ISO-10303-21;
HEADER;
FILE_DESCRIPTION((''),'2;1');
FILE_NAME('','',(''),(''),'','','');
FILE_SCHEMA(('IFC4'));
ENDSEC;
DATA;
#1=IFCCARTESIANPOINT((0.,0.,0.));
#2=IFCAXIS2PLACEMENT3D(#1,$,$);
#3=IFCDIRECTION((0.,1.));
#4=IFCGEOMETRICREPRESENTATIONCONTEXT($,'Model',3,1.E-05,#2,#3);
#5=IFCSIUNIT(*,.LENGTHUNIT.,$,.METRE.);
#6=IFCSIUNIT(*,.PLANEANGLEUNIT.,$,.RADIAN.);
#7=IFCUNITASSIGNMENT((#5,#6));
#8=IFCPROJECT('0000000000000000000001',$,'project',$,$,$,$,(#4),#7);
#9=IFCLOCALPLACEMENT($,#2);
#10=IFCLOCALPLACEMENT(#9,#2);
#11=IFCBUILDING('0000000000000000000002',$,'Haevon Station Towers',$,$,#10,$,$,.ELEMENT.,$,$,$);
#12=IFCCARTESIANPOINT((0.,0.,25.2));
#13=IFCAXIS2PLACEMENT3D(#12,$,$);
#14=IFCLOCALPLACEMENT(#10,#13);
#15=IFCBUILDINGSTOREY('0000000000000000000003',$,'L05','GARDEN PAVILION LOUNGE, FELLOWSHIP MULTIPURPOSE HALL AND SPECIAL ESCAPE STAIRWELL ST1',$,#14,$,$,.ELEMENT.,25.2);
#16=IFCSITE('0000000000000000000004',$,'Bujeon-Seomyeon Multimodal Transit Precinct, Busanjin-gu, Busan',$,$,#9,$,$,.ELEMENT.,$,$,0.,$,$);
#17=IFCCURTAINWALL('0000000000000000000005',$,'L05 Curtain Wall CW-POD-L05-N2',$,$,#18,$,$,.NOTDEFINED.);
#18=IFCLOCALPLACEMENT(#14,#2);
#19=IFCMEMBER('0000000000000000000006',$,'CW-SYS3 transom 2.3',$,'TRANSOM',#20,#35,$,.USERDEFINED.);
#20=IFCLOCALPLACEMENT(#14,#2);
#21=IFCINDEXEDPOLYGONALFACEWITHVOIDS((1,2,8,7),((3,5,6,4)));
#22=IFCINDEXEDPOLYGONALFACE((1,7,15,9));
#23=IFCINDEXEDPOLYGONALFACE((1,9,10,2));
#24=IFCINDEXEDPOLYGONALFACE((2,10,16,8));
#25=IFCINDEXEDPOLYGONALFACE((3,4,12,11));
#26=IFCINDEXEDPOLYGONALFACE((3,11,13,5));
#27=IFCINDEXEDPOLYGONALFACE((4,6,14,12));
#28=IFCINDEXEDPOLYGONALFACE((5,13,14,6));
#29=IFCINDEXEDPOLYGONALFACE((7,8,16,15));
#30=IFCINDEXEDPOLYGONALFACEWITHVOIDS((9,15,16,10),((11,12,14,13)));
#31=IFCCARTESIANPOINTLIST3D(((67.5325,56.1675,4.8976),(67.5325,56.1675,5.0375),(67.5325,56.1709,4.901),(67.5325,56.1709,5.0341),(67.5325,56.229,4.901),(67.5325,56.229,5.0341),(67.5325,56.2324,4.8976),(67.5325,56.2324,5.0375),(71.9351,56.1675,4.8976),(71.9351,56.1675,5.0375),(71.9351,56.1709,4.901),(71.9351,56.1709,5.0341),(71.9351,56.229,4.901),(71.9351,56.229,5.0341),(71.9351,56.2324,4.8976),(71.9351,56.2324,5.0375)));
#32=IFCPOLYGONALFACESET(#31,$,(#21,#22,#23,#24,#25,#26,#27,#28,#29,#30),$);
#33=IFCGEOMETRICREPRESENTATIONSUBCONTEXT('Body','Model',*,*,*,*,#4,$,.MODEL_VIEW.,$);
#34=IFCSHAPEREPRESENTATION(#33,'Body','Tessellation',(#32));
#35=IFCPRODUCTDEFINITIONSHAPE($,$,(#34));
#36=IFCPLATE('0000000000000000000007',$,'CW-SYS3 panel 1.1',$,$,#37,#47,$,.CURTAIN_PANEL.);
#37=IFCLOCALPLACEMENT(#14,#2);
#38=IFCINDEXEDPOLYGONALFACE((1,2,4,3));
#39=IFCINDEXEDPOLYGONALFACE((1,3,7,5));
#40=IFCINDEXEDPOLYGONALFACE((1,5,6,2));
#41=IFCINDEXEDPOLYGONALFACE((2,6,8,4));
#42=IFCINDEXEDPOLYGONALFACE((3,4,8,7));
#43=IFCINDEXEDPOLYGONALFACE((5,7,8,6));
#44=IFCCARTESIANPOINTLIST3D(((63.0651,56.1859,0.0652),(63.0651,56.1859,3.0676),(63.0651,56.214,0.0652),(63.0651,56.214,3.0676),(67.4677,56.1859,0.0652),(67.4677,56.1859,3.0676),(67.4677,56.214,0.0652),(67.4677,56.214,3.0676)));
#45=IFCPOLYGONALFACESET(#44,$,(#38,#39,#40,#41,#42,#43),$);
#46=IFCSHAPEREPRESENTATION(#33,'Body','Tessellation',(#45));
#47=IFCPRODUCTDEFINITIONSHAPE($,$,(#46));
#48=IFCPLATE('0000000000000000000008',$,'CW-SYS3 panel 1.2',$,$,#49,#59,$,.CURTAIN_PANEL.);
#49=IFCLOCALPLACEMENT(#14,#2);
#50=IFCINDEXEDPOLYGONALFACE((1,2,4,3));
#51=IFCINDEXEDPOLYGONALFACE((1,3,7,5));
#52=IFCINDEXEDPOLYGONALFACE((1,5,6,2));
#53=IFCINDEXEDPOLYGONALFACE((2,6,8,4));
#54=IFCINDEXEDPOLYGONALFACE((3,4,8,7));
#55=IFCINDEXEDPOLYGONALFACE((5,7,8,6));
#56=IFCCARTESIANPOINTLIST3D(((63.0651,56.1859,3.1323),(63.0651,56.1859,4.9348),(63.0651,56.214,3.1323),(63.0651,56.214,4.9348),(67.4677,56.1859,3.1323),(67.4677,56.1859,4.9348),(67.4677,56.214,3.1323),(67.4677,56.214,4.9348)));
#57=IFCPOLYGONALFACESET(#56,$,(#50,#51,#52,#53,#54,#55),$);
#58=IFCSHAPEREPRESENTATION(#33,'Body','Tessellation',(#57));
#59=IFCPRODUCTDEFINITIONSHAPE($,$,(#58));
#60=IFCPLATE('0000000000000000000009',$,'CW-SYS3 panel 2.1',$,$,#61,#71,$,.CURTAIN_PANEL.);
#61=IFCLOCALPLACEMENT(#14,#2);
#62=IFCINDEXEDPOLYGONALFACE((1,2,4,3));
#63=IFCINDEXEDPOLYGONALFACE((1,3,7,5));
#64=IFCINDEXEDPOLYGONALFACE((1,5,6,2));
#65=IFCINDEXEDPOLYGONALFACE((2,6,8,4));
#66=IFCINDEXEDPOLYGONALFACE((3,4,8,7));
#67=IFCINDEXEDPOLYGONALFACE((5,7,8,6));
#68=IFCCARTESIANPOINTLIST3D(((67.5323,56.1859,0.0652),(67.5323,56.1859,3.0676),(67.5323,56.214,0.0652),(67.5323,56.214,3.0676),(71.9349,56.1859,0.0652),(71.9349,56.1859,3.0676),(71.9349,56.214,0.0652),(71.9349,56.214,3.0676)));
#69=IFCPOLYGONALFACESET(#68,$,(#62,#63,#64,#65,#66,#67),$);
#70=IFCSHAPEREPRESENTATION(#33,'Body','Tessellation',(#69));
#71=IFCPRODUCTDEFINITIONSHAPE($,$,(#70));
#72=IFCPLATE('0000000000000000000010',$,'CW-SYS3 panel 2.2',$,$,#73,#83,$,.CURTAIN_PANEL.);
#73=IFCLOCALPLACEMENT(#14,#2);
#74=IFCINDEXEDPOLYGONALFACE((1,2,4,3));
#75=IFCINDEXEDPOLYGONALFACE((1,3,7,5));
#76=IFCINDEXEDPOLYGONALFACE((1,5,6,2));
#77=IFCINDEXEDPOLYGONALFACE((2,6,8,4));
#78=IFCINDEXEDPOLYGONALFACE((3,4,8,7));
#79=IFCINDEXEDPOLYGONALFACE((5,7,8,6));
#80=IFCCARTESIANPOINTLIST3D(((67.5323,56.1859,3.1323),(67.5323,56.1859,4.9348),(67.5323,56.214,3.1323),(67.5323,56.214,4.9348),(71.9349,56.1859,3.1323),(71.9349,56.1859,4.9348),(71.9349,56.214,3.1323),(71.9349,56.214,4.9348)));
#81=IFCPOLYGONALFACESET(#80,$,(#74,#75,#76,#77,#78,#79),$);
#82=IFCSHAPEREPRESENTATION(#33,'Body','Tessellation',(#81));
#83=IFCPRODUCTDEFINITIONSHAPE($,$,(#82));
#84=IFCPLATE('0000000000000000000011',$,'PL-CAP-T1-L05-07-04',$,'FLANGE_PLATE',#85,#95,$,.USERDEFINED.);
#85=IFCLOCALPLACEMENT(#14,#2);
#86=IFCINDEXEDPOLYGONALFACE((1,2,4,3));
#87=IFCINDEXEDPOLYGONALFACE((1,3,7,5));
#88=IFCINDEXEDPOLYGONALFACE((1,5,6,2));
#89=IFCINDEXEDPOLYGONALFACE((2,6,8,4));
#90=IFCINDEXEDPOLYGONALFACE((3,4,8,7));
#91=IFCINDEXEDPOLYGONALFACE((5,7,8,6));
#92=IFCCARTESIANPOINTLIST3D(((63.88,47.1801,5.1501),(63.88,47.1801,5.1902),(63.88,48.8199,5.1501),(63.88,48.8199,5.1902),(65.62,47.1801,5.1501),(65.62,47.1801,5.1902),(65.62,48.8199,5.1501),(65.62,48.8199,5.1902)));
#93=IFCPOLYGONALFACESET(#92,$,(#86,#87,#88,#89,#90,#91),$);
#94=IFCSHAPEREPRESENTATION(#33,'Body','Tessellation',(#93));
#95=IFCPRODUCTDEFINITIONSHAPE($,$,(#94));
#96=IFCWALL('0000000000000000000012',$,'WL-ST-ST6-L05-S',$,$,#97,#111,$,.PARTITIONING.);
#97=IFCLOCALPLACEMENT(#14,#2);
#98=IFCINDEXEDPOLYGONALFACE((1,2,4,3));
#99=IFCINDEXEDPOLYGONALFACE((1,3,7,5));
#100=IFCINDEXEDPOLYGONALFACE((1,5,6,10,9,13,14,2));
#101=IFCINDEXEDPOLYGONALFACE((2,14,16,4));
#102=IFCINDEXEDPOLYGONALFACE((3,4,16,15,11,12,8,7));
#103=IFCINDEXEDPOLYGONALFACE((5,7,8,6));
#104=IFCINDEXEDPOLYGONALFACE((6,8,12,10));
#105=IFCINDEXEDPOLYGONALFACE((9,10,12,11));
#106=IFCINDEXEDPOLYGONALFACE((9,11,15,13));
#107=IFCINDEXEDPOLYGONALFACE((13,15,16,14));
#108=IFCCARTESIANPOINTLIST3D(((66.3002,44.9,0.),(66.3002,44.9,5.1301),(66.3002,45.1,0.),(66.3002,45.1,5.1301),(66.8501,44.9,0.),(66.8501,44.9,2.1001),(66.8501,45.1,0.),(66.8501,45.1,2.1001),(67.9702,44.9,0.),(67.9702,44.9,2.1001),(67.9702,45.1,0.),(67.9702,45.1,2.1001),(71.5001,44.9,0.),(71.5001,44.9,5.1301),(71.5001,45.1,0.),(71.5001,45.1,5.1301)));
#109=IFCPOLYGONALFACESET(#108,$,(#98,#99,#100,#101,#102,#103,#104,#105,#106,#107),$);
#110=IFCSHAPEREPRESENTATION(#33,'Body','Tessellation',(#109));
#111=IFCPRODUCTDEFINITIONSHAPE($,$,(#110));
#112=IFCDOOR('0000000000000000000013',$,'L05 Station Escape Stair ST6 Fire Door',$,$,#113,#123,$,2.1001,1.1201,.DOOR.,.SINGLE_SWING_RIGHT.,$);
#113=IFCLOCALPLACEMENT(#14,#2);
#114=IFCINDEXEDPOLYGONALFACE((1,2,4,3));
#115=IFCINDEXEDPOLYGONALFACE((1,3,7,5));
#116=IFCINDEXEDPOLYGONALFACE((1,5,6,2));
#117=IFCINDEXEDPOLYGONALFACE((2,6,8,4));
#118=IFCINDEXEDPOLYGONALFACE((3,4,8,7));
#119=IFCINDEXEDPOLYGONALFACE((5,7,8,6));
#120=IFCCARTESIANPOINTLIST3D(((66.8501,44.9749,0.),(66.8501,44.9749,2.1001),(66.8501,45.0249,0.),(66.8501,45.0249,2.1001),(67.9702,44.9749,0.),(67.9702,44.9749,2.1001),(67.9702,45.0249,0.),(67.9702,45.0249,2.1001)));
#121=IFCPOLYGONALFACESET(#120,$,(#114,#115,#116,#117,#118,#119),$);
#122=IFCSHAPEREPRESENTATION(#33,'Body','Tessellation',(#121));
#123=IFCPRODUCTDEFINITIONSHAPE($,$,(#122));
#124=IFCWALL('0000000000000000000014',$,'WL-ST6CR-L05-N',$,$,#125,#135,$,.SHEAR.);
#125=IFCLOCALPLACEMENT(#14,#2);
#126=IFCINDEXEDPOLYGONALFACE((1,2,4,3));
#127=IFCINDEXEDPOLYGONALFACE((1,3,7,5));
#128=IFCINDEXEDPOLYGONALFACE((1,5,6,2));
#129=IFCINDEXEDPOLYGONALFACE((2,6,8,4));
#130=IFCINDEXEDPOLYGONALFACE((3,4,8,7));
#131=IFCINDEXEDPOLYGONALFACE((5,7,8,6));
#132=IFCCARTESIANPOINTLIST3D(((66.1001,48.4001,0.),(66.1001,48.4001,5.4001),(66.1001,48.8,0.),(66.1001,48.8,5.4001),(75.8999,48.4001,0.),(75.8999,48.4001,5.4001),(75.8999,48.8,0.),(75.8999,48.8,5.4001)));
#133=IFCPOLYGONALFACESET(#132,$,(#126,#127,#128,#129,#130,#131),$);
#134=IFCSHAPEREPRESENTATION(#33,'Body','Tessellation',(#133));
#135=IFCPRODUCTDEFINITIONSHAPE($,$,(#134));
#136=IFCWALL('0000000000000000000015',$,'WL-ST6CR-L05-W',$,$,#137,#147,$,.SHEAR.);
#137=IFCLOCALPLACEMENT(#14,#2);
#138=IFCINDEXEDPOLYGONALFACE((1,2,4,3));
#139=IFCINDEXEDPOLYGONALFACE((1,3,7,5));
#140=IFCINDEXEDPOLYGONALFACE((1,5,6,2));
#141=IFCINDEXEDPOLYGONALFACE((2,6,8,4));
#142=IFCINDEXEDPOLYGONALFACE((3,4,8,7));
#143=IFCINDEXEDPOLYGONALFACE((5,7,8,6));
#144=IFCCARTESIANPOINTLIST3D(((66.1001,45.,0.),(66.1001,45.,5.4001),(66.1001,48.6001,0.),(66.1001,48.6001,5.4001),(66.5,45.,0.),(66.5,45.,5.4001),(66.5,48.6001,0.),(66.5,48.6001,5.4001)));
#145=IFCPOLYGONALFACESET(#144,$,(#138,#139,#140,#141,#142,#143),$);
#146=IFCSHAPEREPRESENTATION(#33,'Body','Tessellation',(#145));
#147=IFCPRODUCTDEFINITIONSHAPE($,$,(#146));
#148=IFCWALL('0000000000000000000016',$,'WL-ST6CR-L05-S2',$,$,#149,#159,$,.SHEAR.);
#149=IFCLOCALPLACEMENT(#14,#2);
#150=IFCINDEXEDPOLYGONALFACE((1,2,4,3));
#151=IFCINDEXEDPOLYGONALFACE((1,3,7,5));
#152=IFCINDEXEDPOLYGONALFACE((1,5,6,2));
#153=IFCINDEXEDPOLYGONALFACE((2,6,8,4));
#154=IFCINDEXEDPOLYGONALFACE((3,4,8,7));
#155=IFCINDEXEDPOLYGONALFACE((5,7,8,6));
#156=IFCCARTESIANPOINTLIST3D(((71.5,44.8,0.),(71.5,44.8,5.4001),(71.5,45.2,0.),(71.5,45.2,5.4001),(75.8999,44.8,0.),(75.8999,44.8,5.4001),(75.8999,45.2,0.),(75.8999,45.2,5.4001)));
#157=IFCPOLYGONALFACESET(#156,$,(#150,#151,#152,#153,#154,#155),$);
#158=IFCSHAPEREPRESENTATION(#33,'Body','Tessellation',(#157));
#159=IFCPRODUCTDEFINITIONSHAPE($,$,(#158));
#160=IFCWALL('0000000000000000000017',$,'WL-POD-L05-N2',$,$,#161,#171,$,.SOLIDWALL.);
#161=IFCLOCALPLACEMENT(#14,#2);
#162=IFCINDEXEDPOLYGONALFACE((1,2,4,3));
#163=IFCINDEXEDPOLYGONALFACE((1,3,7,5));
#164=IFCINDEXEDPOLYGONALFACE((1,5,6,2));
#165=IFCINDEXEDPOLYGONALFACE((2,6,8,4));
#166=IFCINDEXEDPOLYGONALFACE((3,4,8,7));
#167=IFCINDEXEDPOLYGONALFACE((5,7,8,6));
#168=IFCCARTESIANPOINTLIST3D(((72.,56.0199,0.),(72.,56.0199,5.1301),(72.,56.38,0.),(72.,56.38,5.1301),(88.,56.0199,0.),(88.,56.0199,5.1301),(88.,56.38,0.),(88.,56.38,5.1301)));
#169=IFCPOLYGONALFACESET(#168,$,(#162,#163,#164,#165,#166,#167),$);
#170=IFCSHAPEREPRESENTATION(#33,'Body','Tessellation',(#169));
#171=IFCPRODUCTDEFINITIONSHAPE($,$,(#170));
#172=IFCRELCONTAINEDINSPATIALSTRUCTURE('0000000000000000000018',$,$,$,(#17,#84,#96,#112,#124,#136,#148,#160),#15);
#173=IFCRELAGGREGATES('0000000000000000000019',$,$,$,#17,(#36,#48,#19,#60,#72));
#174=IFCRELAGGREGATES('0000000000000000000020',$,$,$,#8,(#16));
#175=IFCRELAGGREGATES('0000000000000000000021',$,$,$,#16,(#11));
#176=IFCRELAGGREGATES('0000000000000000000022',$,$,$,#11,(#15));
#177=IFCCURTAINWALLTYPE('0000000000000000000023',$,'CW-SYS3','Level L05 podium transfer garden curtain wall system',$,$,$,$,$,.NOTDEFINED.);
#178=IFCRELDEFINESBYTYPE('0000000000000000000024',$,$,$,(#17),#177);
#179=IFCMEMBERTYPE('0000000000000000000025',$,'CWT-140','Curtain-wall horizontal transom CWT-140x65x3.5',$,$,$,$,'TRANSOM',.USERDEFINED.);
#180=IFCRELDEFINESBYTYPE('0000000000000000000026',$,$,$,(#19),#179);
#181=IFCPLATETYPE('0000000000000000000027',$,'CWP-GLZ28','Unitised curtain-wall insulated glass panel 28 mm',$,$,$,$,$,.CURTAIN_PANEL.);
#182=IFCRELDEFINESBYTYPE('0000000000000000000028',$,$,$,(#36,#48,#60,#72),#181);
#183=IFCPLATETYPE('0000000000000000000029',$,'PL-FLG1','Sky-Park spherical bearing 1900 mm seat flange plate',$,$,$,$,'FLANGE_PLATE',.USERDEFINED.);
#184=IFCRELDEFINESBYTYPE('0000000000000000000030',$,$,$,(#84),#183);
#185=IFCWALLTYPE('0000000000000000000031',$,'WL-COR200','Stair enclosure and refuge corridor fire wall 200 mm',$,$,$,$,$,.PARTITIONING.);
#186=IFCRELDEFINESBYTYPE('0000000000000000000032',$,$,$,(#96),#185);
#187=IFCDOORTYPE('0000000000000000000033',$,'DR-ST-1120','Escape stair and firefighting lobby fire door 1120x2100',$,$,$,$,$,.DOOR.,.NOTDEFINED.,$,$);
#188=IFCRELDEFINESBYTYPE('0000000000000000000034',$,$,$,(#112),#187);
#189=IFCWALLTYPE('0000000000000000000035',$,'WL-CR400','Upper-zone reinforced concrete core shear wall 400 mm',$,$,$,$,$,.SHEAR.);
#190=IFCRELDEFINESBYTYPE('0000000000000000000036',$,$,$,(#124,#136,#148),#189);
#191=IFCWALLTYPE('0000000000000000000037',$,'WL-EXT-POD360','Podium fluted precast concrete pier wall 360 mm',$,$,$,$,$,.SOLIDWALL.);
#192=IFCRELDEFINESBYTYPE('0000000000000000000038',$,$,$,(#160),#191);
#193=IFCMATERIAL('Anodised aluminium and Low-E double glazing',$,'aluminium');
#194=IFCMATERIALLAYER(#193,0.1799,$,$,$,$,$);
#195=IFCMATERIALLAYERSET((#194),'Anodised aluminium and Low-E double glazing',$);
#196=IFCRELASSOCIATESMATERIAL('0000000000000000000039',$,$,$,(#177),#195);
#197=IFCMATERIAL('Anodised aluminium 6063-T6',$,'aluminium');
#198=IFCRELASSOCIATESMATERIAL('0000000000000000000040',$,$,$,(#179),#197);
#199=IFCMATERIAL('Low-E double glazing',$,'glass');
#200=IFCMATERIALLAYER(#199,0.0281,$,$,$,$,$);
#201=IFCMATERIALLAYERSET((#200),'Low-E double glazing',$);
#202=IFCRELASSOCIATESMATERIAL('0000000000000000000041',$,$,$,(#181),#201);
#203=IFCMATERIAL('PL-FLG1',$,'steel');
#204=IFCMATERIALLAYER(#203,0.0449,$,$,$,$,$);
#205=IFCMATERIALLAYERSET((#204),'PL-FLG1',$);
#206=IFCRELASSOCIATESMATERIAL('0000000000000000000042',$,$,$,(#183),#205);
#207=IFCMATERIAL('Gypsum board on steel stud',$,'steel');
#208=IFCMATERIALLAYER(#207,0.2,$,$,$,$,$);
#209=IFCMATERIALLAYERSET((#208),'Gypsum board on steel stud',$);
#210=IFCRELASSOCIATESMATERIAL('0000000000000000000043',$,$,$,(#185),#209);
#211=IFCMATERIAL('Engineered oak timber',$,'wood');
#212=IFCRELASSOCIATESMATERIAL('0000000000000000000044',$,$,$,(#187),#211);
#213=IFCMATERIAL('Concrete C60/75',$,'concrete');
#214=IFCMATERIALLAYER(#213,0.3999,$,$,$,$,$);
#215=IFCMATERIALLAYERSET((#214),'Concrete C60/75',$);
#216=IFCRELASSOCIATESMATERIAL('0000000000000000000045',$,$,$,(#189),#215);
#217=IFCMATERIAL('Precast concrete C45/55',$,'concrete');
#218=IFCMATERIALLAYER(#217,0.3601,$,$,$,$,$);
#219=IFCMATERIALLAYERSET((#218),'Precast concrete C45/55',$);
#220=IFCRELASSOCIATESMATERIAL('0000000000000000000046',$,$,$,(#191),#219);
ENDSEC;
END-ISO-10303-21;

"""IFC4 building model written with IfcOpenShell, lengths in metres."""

from ifc_helpers import new_model, si_unit, direction, frame, frame_2d, origin, origin_2d, place, context, subcontext, project, spatial, rectangle, hollow_rectangle, extrude, material, layer, layer_set, material_profile, profile_set, type_object, element, fill, aggregate, save


model = new_model("IFC4")

# Units and contexts
model_context = context("Model", 3, precision=1e-05, world=origin(), true_north=direction((0.0, 1.0)))
body_context = subcontext(model_context, "Body", "Model", "MODEL_VIEW")
ifc_project = project(units=[si_unit("LENGTHUNIT", "METRE"), si_unit("PLANEANGLEUNIT", "RADIAN")], contexts=[model_context])

# Site, building, storey
site_placement = place(None, origin())
site = spatial("IfcSite", under=ifc_project, at=site_placement, Name="Bujeon-Seomyeon Multimodal Transit Precinct, Busanjin-gu, Busan", CompositionType="ELEMENT", RefElevation=0.0)
building_placement = place(site_placement, origin())
building = spatial("IfcBuilding", under=site, at=building_placement, Name="Haevon Station Towers", CompositionType="ELEMENT")
storey_placement = place(building_placement, frame((0.0, 0.0, 25.2)))
storey = spatial("IfcBuildingStorey", under=building, at=storey_placement, Name="L05", Description="GARDEN PAVILION LOUNGE, FELLOWSHIP MULTIPURPOSE HALL AND SPECIAL ESCAPE STAIRWELL ST1", CompositionType="ELEMENT", Elevation=25.2)

# Curtain wall, member, plates
ifc_material_1 = material(Name="Anodised aluminium and Low-E double glazing", Category="aluminium")
ifc_layer_1 = layer(ifc_material_1, 0.1799)
ifc_layer_set_1 = layer_set([ifc_layer_1], Name="Anodised aluminium and Low-E double glazing")
curtain_wall_type = type_object("IfcCurtainWallType", Name="CW-SYS3", Description="Level L05 podium transfer garden curtain wall system", PredefinedType="NOTDEFINED", material=ifc_layer_set_1)
curtain_wall_placement = place(storey_placement, origin())
curtain_wall = element("IfcCurtainWall", 1, at=curtain_wall_placement, inside=storey, type_object=curtain_wall_type, Name="L05 Curtain Wall CW-POD-L05-N2", PredefinedType="NOTDEFINED")
ifc_material_2 = material(Name="Anodised aluminium 6063-T6", Category="aluminium")
ifc_material_profile_1 = material_profile(ifc_material_2, hollow_rectangle(XDim=0.0649, YDim=0.1399, WallThickness=0.0034, at=origin_2d()), Name="CWT-140x65x3.5")
ifc_profile_set_1 = profile_set([ifc_material_profile_1], Name="Anodised aluminium 6063-T6")
member_type_1 = type_object("IfcMemberType", Name="CWT-140", Description="Curtain-wall horizontal transom CWT-140x65x3.5", ElementType="TRANSOM", PredefinedType="USERDEFINED", material=ifc_profile_set_1)
member_1_placement = place(storey_placement, frame((67.5325, 56.2, 4.9675), z_axis=(1.0, 0.0, 0.0), x_axis=(0.0, 1.0, 0.0)))
member_1 = element("IfcMember", 2, at=member_1_placement, type_object=member_type_1, Name="CW-SYS3 transom 2.3", ObjectType="TRANSOM", PredefinedType="USERDEFINED", context=body_context, shape_type="SweptSolid", body=[
    extrude(hollow_rectangle(XDim=0.0649, YDim=0.1399, WallThickness=0.0034, at=origin_2d()), origin(), (0.0, 0.0, 1.0), 4.4026),
])
ifc_material_3 = material(Name="Low-E double glazing", Category="glass")
ifc_layer_2 = layer(ifc_material_3, 0.0281)
ifc_layer_set_2 = layer_set([ifc_layer_2], Name="Low-E double glazing")
plate_type_1 = type_object("IfcPlateType", Name="CWP-GLZ28", Description="Unitised curtain-wall insulated glass panel 28 mm", PredefinedType="CURTAIN_PANEL", material=ifc_layer_set_2)
plate_1_placement = place(storey_placement, frame((65.2664, 56.2, 0.0652), z_axis=(0.0, 0.0, 1.0), x_axis=(1.0, 0.0, 0.0)))
plate_1 = element("IfcPlate", 3, at=plate_1_placement, type_object=plate_type_1, Name="CW-SYS3 panel 1.1", PredefinedType="CURTAIN_PANEL", context=body_context, shape_type="SweptSolid", body=[
    extrude(rectangle(XDim=4.4026, YDim=0.0281, at=origin_2d()), origin(), (0.0, 0.0, 1.0), 3.0024),
])
plate_2_placement = place(storey_placement, frame((65.2664, 56.2, 3.1323), z_axis=(0.0, 0.0, 1.0), x_axis=(1.0, 0.0, 0.0)))
plate_2 = element("IfcPlate", 4, at=plate_2_placement, type_object=plate_type_1, Name="CW-SYS3 panel 1.2", PredefinedType="CURTAIN_PANEL", context=body_context, shape_type="SweptSolid", body=[
    extrude(rectangle(XDim=4.4026, YDim=0.0281, at=origin_2d()), origin(), (0.0, 0.0, 1.0), 1.8025),
])
plate_3_placement = place(storey_placement, frame((69.7336, 56.2, 0.0652), z_axis=(0.0, 0.0, 1.0), x_axis=(1.0, 0.0, 0.0)))
plate_3 = element("IfcPlate", 5, at=plate_3_placement, type_object=plate_type_1, Name="CW-SYS3 panel 2.1", PredefinedType="CURTAIN_PANEL", context=body_context, shape_type="SweptSolid", body=[
    extrude(rectangle(XDim=4.4026, YDim=0.0281, at=origin_2d()), origin(), (0.0, 0.0, 1.0), 3.0024),
])
plate_4_placement = place(storey_placement, frame((69.7336, 56.2, 3.1323), z_axis=(0.0, 0.0, 1.0), x_axis=(1.0, 0.0, 0.0)))
plate_4 = element("IfcPlate", 6, at=plate_4_placement, type_object=plate_type_1, Name="CW-SYS3 panel 2.2", PredefinedType="CURTAIN_PANEL", context=body_context, shape_type="SweptSolid", body=[
    extrude(rectangle(XDim=4.4026, YDim=0.0281, at=origin_2d()), origin(), (0.0, 0.0, 1.0), 1.8025),
])
aggregate(curtain_wall, [plate_1, plate_2, member_1, plate_3, plate_4])

# Plate
ifc_material_4 = material(Name="PL-FLG1", Category="steel")
ifc_layer_3 = layer(ifc_material_4, 0.0449)
ifc_layer_set_3 = layer_set([ifc_layer_3], Name="PL-FLG1")
plate_type_2 = type_object("IfcPlateType", Name="PL-FLG1", Description="Sky-Park spherical bearing 1900 mm seat flange plate", ElementType="FLANGE_PLATE", PredefinedType="USERDEFINED", material=ifc_layer_set_3)
plate_5_placement = place(storey_placement, frame((64.75, 48.0, 5.1501), z_axis=(0.0, 0.0, 1.0), x_axis=(1.0, 0.0, 0.0)))
element("IfcPlate", 7, at=plate_5_placement, inside=storey, type_object=plate_type_2, Name="PL-CAP-T1-L05-07-04", ObjectType="FLANGE_PLATE", PredefinedType="USERDEFINED", context=body_context, shape_type="SweptSolid", body=[
    extrude(rectangle(XDim=1.74, YDim=1.6399, at=origin_2d()), origin(), (0.0, 0.0, 1.0), 0.04),
])

# Wall, opening, door
ifc_material_5 = material(Name="Gypsum board on steel stud", Category="steel")
ifc_layer_4 = layer(ifc_material_5, 0.2)
ifc_layer_set_4 = layer_set([ifc_layer_4], Name="Gypsum board on steel stud")
wall_type_1 = type_object("IfcWallType", Name="WL-COR200", Description="Stair enclosure and refuge corridor fire wall 200 mm", PredefinedType="PARTITIONING", material=ifc_layer_set_4)
wall_1_placement = place(storey_placement, frame((66.3, 45.0, 0.0), z_axis=(0.0, 0.0, 1.0), x_axis=(1.0, 0.0, 0.0)))
wall_1 = element("IfcWall", 8, at=wall_1_placement, inside=storey, type_object=wall_type_1, Name="WL-ST-ST6-L05-S", PredefinedType="PARTITIONING", context=body_context, shape_type="SweptSolid", body=[
    extrude(rectangle(XDim=5.2, YDim=0.2, at=frame_2d((2.6001, 0.0))), origin(), (0.0, 0.0, 1.0), 5.1301),
])
opening_placement = place(wall_1_placement, frame((0.55, 0.0, 0.0)))
opening = element("IfcOpeningElement", 9, at=opening_placement, cuts=wall_1, PredefinedType="OPENING", context=body_context, shape_type="SweptSolid", body=[
    extrude(rectangle(XDim=1.1201, YDim=2.1001, at=frame_2d((0.5601, 1.05))), frame((0.0, 0.1099, 0.0), z_axis=(0.0, -1.0, 0.0), x_axis=(1.0, 0.0, 0.0)), (0.0, 0.0, 1.0), 0.22),
])
ifc_material_6 = material(Name="Engineered oak timber", Category="wood")
door_type = type_object("IfcDoorType", Name="DR-ST-1120", Description="Escape stair and firefighting lobby fire door 1120x2100", OperationType="NOTDEFINED", PredefinedType="DOOR", material=ifc_material_6)
door_placement = place(opening_placement, origin())
door = element("IfcDoor", 10, at=door_placement, inside=storey, type_object=door_type, Name="L05 Station Escape Stair ST6 Fire Door", OperationType="SINGLE_SWING_RIGHT", OverallHeight=2.1001, OverallWidth=1.1201, PredefinedType="DOOR", context=body_context, shape_type="SweptSolid", body=[
    extrude(rectangle(XDim=1.1201, YDim=2.1001, at=frame_2d((0.5601, 1.05))), frame((0.0, 0.0249, 0.0), z_axis=(0.0, -1.0, 0.0), x_axis=(1.0, 0.0, 0.0)), (0.0, 0.0, 1.0), 0.05),
])
fill(opening, door)

# Walls
ifc_material_7 = material(Name="Concrete C60/75", Category="concrete")
ifc_layer_5 = layer(ifc_material_7, 0.3999)
ifc_layer_set_5 = layer_set([ifc_layer_5], Name="Concrete C60/75")
wall_type_2 = type_object("IfcWallType", Name="WL-CR400", Description="Upper-zone reinforced concrete core shear wall 400 mm", PredefinedType="SHEAR", material=ifc_layer_set_5)
wall_2_placement = place(storey_placement, frame((66.1001, 48.6001, 0.0), z_axis=(0.0, 0.0, 1.0), x_axis=(1.0, 0.0, 0.0)))
element("IfcWall", 11, at=wall_2_placement, inside=storey, type_object=wall_type_2, Name="WL-ST6CR-L05-N", PredefinedType="SHEAR", context=body_context, shape_type="SweptSolid", body=[
    extrude(rectangle(XDim=9.7998, YDim=0.3999, at=frame_2d((4.8999, 0.0))), origin(), (0.0, 0.0, 1.0), 5.4001),
])
wall_3_placement = place(storey_placement, frame((66.3, 45.0, 0.0), z_axis=(0.0, 0.0, 1.0), x_axis=(0.0, 1.0, 0.0)))
element("IfcWall", 12, at=wall_3_placement, inside=storey, type_object=wall_type_2, Name="WL-ST6CR-L05-W", PredefinedType="SHEAR", context=body_context, shape_type="SweptSolid", body=[
    extrude(rectangle(XDim=3.6001, YDim=0.3999, at=frame_2d((1.8, 0.0))), origin(), (0.0, 0.0, 1.0), 5.4001),
])
wall_4_placement = place(storey_placement, frame((71.5, 45.0, 0.0), z_axis=(0.0, 0.0, 1.0), x_axis=(1.0, 0.0, 0.0)))
element("IfcWall", 13, at=wall_4_placement, inside=storey, type_object=wall_type_2, Name="WL-ST6CR-L05-S2", PredefinedType="SHEAR", context=body_context, shape_type="SweptSolid", body=[
    extrude(rectangle(XDim=4.3999, YDim=0.3999, at=frame_2d((2.2, 0.0))), origin(), (0.0, 0.0, 1.0), 5.4001),
])
ifc_material_8 = material(Name="Precast concrete C45/55", Category="concrete")
ifc_layer_6 = layer(ifc_material_8, 0.3601)
ifc_layer_set_6 = layer_set([ifc_layer_6], Name="Precast concrete C45/55")
wall_type_3 = type_object("IfcWallType", Name="WL-EXT-POD360", Description="Podium fluted precast concrete pier wall 360 mm", PredefinedType="SOLIDWALL", material=ifc_layer_set_6)
wall_5_placement = place(storey_placement, frame((72.0, 56.2, 0.0), z_axis=(0.0, 0.0, 1.0), x_axis=(1.0, 0.0, 0.0)))
element("IfcWall", 14, at=wall_5_placement, inside=storey, type_object=wall_type_3, Name="WL-POD-L05-N2", PredefinedType="SOLIDWALL", context=body_context, shape_type="SweptSolid", body=[
    extrude(rectangle(XDim=16.0, YDim=0.3601, at=frame_2d((8.0, 0.0))), origin(), (0.0, 0.0, 1.0), 5.1301),
])

save(model, "model.ifc")
